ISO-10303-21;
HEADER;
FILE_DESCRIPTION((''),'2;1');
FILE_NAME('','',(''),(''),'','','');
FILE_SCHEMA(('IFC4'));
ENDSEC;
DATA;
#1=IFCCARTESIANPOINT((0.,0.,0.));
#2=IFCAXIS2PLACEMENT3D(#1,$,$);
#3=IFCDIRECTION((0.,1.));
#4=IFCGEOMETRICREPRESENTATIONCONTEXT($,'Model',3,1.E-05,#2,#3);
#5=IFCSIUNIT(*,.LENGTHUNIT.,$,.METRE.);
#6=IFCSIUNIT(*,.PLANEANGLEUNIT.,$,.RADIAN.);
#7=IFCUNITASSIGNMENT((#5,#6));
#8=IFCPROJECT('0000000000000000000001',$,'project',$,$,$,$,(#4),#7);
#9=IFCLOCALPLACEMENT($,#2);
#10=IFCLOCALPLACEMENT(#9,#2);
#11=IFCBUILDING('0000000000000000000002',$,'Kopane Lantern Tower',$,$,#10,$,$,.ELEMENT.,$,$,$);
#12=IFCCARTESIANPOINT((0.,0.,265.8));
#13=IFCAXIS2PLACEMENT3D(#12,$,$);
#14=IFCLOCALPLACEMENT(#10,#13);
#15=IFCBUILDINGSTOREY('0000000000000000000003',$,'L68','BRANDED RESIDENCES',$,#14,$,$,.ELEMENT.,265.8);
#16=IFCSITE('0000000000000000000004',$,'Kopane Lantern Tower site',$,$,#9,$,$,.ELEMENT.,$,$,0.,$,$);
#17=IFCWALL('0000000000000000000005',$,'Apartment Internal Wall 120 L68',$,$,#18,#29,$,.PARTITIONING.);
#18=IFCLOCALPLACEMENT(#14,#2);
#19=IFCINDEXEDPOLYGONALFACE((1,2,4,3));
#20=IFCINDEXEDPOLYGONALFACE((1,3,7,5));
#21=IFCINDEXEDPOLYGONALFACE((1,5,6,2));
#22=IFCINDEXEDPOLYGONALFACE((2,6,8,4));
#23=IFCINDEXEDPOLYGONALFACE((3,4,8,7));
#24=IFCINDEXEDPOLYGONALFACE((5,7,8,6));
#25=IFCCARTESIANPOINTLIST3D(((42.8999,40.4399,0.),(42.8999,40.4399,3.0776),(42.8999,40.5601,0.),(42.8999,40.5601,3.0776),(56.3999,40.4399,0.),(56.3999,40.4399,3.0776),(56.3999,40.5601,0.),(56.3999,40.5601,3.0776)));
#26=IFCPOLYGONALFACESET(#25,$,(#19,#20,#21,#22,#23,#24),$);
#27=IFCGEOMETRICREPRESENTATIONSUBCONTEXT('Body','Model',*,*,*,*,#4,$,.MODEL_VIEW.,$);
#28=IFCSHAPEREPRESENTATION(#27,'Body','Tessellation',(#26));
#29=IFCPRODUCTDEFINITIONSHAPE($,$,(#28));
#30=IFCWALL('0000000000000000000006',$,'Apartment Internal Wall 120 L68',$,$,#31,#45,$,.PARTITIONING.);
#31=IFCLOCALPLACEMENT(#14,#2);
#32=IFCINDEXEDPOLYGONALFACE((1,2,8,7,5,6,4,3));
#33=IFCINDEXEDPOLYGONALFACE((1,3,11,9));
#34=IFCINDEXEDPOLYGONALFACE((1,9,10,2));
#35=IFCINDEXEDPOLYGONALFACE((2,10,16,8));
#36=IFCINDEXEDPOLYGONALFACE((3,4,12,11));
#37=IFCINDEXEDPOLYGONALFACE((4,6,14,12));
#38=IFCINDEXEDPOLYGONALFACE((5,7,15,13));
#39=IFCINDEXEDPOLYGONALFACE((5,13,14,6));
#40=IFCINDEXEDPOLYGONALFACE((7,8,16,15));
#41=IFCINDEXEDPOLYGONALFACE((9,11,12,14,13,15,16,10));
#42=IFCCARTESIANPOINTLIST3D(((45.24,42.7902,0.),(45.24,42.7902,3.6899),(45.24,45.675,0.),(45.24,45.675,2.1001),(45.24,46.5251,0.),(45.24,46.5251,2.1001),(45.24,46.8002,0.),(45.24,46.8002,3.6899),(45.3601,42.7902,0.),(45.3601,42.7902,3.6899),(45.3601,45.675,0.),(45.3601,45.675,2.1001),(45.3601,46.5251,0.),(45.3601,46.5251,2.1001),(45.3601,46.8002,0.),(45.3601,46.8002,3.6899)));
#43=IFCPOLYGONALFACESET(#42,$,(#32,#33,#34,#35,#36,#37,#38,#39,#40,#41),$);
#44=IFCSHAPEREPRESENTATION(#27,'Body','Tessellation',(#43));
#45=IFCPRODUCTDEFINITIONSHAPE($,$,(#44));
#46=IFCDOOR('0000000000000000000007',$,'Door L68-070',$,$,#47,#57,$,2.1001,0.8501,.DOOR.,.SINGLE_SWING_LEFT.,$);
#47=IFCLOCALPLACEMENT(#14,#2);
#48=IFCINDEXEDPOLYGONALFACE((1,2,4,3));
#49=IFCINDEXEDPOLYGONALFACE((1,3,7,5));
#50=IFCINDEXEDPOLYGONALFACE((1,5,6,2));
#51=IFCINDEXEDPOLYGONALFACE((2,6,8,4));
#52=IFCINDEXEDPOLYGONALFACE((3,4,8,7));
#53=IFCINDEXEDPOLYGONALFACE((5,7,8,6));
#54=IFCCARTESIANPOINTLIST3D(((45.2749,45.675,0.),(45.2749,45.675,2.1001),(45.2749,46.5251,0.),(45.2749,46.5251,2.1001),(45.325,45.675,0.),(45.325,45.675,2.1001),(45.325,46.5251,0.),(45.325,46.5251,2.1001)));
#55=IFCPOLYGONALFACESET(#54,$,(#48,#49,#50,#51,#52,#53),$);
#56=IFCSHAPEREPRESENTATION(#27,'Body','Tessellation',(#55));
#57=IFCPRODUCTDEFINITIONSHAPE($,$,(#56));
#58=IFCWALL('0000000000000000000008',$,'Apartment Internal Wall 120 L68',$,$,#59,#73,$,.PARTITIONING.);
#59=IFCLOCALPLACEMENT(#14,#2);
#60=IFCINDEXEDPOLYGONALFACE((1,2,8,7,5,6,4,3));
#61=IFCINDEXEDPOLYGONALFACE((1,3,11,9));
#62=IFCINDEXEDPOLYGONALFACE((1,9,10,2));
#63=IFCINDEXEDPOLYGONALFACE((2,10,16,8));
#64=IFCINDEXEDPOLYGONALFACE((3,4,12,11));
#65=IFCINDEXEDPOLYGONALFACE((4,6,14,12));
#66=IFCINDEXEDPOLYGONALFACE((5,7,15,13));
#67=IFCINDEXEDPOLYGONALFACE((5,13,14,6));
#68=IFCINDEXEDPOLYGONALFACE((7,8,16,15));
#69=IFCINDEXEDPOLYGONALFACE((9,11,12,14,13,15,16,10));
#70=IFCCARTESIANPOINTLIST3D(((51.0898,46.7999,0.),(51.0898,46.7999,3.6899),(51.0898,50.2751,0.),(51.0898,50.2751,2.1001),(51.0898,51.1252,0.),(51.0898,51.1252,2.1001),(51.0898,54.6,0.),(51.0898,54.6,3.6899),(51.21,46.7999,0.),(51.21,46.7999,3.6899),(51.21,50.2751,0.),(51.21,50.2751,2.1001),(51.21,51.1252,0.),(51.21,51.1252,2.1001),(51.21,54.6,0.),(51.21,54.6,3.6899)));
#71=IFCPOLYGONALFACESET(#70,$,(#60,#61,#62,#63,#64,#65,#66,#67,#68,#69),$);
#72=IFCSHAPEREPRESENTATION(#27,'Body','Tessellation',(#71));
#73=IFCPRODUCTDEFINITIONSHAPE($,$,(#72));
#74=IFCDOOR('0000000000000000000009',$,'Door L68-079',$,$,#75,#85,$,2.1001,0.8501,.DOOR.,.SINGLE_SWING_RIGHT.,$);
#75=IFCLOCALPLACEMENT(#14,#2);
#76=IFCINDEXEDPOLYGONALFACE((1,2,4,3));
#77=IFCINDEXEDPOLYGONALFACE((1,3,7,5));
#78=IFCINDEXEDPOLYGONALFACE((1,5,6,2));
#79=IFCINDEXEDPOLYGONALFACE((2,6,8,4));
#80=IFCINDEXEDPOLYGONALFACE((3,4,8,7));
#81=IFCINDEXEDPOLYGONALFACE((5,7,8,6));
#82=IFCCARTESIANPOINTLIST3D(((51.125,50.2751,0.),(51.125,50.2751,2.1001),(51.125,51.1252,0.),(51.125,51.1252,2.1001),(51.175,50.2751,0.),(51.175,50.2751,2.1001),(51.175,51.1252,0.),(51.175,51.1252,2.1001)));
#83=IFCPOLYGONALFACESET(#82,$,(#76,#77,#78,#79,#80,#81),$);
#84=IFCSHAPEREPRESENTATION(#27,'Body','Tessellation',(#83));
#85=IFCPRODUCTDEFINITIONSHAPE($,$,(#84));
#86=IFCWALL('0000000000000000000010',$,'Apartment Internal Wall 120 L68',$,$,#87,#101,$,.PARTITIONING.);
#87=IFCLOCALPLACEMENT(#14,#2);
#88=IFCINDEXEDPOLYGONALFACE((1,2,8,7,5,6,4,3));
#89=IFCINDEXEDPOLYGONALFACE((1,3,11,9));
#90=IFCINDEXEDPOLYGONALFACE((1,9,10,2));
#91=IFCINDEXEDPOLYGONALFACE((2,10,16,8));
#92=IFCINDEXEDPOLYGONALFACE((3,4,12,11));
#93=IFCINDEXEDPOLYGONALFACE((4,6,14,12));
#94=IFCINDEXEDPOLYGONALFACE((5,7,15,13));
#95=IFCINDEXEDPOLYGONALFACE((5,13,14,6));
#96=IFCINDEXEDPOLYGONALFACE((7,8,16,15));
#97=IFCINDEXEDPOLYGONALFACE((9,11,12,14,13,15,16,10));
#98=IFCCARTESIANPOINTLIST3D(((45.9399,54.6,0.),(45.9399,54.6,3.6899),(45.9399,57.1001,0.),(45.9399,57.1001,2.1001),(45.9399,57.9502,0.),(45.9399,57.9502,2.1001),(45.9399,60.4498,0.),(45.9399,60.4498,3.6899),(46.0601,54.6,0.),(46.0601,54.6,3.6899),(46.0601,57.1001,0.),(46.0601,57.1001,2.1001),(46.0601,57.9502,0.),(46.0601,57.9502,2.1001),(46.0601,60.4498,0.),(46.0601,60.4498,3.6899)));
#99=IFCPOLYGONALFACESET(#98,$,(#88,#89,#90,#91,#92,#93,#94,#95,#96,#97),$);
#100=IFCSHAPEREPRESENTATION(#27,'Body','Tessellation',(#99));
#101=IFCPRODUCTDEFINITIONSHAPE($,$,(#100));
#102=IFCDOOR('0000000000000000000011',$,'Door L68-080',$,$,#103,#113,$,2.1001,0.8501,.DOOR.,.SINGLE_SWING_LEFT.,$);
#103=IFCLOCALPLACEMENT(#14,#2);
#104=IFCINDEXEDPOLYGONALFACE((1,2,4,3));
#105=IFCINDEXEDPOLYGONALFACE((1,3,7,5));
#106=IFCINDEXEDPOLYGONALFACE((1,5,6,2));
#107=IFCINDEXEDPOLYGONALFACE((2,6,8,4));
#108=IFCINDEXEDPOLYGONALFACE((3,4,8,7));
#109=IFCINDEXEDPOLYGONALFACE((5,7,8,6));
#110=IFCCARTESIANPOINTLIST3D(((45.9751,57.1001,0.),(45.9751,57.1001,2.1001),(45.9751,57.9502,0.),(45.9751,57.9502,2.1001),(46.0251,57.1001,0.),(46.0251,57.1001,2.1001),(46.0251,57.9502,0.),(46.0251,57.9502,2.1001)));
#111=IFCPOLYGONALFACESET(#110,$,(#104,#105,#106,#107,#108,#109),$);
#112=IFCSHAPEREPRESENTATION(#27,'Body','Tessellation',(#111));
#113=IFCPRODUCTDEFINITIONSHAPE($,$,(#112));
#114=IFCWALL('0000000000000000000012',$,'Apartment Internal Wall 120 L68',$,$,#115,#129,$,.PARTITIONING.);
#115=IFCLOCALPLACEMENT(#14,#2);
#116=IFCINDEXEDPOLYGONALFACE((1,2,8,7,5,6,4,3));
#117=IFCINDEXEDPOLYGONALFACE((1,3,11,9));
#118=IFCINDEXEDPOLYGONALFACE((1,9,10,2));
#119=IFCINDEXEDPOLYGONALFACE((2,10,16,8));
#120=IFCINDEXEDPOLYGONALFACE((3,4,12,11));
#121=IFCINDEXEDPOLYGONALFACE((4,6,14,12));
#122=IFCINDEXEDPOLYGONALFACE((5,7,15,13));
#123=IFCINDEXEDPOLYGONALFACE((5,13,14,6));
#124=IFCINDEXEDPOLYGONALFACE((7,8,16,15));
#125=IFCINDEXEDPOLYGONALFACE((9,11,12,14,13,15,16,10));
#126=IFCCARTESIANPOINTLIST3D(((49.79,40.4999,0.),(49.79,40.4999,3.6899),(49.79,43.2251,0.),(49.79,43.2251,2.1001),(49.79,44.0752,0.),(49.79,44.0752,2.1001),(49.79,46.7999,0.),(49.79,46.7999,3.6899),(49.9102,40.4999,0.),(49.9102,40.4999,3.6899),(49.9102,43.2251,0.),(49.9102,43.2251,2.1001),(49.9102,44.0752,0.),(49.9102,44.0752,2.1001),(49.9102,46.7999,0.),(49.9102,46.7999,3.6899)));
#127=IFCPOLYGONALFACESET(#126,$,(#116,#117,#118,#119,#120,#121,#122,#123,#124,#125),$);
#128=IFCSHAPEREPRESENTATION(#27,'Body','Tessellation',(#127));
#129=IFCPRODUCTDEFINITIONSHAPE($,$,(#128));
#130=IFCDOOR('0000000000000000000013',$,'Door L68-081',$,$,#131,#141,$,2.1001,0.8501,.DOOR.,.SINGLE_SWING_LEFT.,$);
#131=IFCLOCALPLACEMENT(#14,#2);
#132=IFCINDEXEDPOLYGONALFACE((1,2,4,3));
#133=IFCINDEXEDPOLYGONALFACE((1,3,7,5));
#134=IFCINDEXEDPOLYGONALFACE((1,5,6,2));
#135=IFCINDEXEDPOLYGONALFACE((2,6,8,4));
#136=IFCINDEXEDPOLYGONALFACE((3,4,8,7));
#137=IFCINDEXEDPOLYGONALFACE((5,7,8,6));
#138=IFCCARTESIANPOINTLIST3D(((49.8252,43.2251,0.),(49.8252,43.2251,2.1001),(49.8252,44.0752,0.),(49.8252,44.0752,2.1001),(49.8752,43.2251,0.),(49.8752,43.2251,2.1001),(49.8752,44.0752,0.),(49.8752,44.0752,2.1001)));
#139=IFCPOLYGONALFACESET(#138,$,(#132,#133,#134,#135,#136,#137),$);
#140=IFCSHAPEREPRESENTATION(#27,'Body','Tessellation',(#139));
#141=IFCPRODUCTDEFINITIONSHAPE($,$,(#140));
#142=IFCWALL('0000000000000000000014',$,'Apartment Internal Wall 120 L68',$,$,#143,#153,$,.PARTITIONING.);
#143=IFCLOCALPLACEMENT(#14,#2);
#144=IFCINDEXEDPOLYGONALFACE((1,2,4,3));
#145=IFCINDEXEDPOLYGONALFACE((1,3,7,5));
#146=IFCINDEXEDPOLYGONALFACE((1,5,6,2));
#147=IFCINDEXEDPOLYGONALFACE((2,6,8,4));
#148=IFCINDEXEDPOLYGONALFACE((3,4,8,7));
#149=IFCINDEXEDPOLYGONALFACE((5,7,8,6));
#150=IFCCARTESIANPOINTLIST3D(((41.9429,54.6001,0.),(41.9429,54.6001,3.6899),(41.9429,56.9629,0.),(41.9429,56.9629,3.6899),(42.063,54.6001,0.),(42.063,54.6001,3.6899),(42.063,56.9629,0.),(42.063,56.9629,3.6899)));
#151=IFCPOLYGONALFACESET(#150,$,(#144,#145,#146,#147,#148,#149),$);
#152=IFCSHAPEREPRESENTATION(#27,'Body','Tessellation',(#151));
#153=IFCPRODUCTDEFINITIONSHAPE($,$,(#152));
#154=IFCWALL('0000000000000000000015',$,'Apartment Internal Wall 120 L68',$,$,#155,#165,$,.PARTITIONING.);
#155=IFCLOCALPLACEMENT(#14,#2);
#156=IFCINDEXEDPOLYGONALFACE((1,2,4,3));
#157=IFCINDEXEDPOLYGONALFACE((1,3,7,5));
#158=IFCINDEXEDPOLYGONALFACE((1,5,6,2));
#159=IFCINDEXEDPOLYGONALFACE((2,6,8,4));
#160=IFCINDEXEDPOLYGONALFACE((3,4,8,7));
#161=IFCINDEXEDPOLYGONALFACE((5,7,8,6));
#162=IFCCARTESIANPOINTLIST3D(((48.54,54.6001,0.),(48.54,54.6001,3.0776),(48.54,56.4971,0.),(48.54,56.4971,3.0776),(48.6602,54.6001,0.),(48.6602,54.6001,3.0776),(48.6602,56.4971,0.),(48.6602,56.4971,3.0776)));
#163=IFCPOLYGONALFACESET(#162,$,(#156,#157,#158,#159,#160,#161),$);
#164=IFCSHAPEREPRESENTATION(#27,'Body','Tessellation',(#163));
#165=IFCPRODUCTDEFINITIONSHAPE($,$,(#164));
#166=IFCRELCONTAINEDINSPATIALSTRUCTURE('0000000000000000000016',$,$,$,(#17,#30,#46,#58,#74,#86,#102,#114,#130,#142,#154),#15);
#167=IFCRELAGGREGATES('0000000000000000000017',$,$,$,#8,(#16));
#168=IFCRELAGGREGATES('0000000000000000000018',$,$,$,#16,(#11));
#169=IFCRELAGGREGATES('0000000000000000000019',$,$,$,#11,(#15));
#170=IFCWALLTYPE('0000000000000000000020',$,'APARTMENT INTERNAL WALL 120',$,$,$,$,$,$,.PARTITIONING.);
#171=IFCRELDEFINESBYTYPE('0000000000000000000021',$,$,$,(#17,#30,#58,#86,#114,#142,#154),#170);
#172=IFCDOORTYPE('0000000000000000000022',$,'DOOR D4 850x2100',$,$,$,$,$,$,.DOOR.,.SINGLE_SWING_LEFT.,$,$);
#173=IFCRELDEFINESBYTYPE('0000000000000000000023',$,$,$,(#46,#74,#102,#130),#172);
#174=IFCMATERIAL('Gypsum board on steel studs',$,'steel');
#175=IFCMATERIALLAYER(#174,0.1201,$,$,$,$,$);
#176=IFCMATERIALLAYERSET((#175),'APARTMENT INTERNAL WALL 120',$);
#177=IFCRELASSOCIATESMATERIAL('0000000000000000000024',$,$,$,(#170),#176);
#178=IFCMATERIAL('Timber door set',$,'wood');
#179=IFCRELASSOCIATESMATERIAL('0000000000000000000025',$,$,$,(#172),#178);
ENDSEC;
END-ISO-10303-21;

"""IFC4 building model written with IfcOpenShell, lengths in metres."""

from ifc_helpers import new_model, si_unit, direction, frame, frame_2d, origin, place, context, subcontext, project, spatial, rectangle, extrude, material, layer, layer_set, type_object, element, fill, save


model = new_model("IFC4")

# Units and contexts
model_context = context("Model", 3, precision=1e-05, world=origin(), true_north=direction((0.0, 1.0)))
body_context = subcontext(model_context, "Body", "Model", "MODEL_VIEW")
ifc_project = project(units=[si_unit("LENGTHUNIT", "METRE"), si_unit("PLANEANGLEUNIT", "RADIAN")], contexts=[model_context])

# Site, building, storey
site_placement = place(None, origin())
site = spatial("IfcSite", under=ifc_project, at=site_placement, Name="Kopane Lantern Tower site", CompositionType="ELEMENT", RefElevation=0.0)
building_placement = place(site_placement, origin())
building = spatial("IfcBuilding", under=site, at=building_placement, Name="Kopane Lantern Tower", CompositionType="ELEMENT")
storey_placement = place(building_placement, frame((0.0, 0.0, 265.8)))
storey = spatial("IfcBuildingStorey", under=building, at=storey_placement, Name="L68", Description="BRANDED RESIDENCES", CompositionType="ELEMENT", Elevation=265.8)

# Shared definitions
ifc_material_1 = material(Name="Gypsum board on steel studs", Category="steel")
ifc_layer_1 = layer(ifc_material_1, 0.1201)
ifc_layer_set_1 = layer_set([ifc_layer_1], Name="APARTMENT INTERNAL WALL 120")
wall_type_1 = type_object("IfcWallType", Name="APARTMENT INTERNAL WALL 120", PredefinedType="PARTITIONING", material=ifc_layer_set_1)
ifc_material_2 = material(Name="Timber door set", Category="wood")
door_type_1 = type_object("IfcDoorType", Name="DOOR D4 850x2100", OperationType="SINGLE_SWING_LEFT", PredefinedType="DOOR", material=ifc_material_2)

# Wall
wall_1_placement = place(storey_placement, frame((42.8999, 40.5, 0.0), z_axis=(0.0, 0.0, 1.0), x_axis=(1.0, 0.0, 0.0)))
element("IfcWall", 1, at=wall_1_placement, inside=storey, type_object=wall_type_1, Name="Apartment Internal Wall 120 L68", PredefinedType="PARTITIONING", context=body_context, shape_type="SweptSolid", body=[
    extrude(rectangle(XDim=13.5, YDim=0.1201, at=frame_2d((6.75, 0.0))), origin(), (0.0, 0.0, 1.0), 3.0776),
])

# Walls, openings, doors
wall_2_placement = place(storey_placement, frame((45.3, 46.8, 0.0), z_axis=(0.0, 0.0, 1.0), x_axis=(0.0, -1.0, 0.0)))
wall_2 = element("IfcWall", 2, at=wall_2_placement, inside=storey, type_object=wall_type_1, Name="Apartment Internal Wall 120 L68", PredefinedType="PARTITIONING", context=body_context, shape_type="SweptSolid", body=[
    extrude(rectangle(XDim=4.01, YDim=0.1201, at=frame_2d((2.0049, 0.0))), origin(), (0.0, 0.0, 1.0), 3.6899),
])
opening_1_placement = place(wall_2_placement, frame((0.2749, 0.0, 0.0)))
opening_1 = element("IfcOpeningElement", 3, at=opening_1_placement, cuts=wall_2, PredefinedType="OPENING", context=body_context, shape_type="SweptSolid", body=[
    extrude(rectangle(XDim=0.8501, YDim=2.1001, at=frame_2d((0.425, 1.05))), frame((0.0, 0.0701, 0.0), z_axis=(0.0, -1.0, 0.0), x_axis=(1.0, 0.0, 0.0)), (0.0, 0.0, 1.0), 0.1401),
])
door_1_placement = place(opening_1_placement, origin())
door_1 = element("IfcDoor", 4, at=door_1_placement, inside=storey, type_object=door_type_1, Name="Door L68-070", OperationType="SINGLE_SWING_LEFT", OverallHeight=2.1001, OverallWidth=0.8501, PredefinedType="DOOR", context=body_context, shape_type="SweptSolid", body=[
    extrude(rectangle(XDim=0.8501, YDim=2.1001, at=frame_2d((0.425, 1.05))), frame((0.0, 0.0249, 0.0), z_axis=(0.0, -1.0, 0.0), x_axis=(1.0, 0.0, 0.0)), (0.0, 0.0, 1.0), 0.05),
])
fill(opening_1, door_1)
wall_3_placement = place(storey_placement, frame((51.1499, 46.8, 0.0), z_axis=(0.0, 0.0, 1.0), x_axis=(0.0, 1.0, 0.0)))
wall_3 = element("IfcWall", 5, at=wall_3_placement, inside=storey, type_object=wall_type_1, Name="Apartment Internal Wall 120 L68", PredefinedType="PARTITIONING", context=body_context, shape_type="SweptSolid", body=[
    extrude(rectangle(XDim=7.8, YDim=0.1201, at=frame_2d((3.8999, 0.0))), origin(), (0.0, 0.0, 1.0), 3.6899),
])
opening_2_placement = place(wall_3_placement, frame((3.4751, 0.0, 0.0)))
opening_2 = element("IfcOpeningElement", 6, at=opening_2_placement, cuts=wall_3, PredefinedType="OPENING", context=body_context, shape_type="SweptSolid", body=[
    extrude(rectangle(XDim=0.8501, YDim=2.1001, at=frame_2d((0.425, 1.05))), frame((0.0, 0.0701, 0.0), z_axis=(0.0, -1.0, 0.0), x_axis=(1.0, 0.0, 0.0)), (0.0, 0.0, 1.0), 0.1401),
])
door_2_placement = place(opening_2_placement, origin())
door_2 = element("IfcDoor", 7, at=door_2_placement, inside=storey, type_object=door_type_1, Name="Door L68-079", OperationType="SINGLE_SWING_RIGHT", OverallHeight=2.1001, OverallWidth=0.8501, PredefinedType="DOOR", context=body_context, shape_type="SweptSolid", body=[
    extrude(rectangle(XDim=0.8501, YDim=2.1001, at=frame_2d((0.425, 1.05))), frame((0.0, 0.0249, 0.0), z_axis=(0.0, -1.0, 0.0), x_axis=(1.0, 0.0, 0.0)), (0.0, 0.0, 1.0), 0.05),
])
fill(opening_2, door_2)
wall_4_placement = place(storey_placement, frame((46.0, 54.6001, 0.0), z_axis=(0.0, 0.0, 1.0), x_axis=(0.0, 1.0, 0.0)))
wall_4 = element("IfcWall", 8, at=wall_4_placement, inside=storey, type_object=wall_type_1, Name="Apartment Internal Wall 120 L68", PredefinedType="PARTITIONING", context=body_context, shape_type="SweptSolid", body=[
    extrude(rectangle(XDim=5.8499, YDim=0.1201, at=frame_2d((2.9248, 0.0))), origin(), (0.0, 0.0, 1.0), 3.6899),
])
opening_3_placement = place(wall_4_placement, frame((2.5, 0.0, 0.0)))
opening_3 = element("IfcOpeningElement", 9, at=opening_3_placement, cuts=wall_4, PredefinedType="OPENING", context=body_context, shape_type="SweptSolid", body=[
    extrude(rectangle(XDim=0.8501, YDim=2.1001, at=frame_2d((0.425, 1.05))), frame((0.0, 0.0701, 0.0), z_axis=(0.0, -1.0, 0.0), x_axis=(1.0, 0.0, 0.0)), (0.0, 0.0, 1.0), 0.1401),
])
door_3_placement = place(opening_3_placement, origin())
door_3 = element("IfcDoor", 10, at=door_3_placement, inside=storey, type_object=door_type_1, Name="Door L68-080", OperationType="SINGLE_SWING_LEFT", OverallHeight=2.1001, OverallWidth=0.8501, PredefinedType="DOOR", context=body_context, shape_type="SweptSolid", body=[
    extrude(rectangle(XDim=0.8501, YDim=2.1001, at=frame_2d((0.425, 1.05))), frame((0.0, 0.0249, 0.0), z_axis=(0.0, -1.0, 0.0), x_axis=(1.0, 0.0, 0.0)), (0.0, 0.0, 1.0), 0.05),
])
fill(opening_3, door_3)
wall_5_placement = place(storey_placement, frame((49.8501, 40.5, 0.0), z_axis=(0.0, 0.0, 1.0), x_axis=(0.0, 1.0, 0.0)))
wall_5 = element("IfcWall", 11, at=wall_5_placement, inside=storey, type_object=wall_type_1, Name="Apartment Internal Wall 120 L68", PredefinedType="PARTITIONING", context=body_context, shape_type="SweptSolid", body=[
    extrude(rectangle(XDim=6.3, YDim=0.1201, at=frame_2d((3.1499, 0.0))), origin(), (0.0, 0.0, 1.0), 3.6899),
])
opening_4_placement = place(wall_5_placement, frame((2.7251, 0.0, 0.0)))
opening_4 = element("IfcOpeningElement", 12, at=opening_4_placement, cuts=wall_5, PredefinedType="OPENING", context=body_context, shape_type="SweptSolid", body=[
    extrude(rectangle(XDim=0.8501, YDim=2.1001, at=frame_2d((0.425, 1.05))), frame((0.0, 0.0701, 0.0), z_axis=(0.0, -1.0, 0.0), x_axis=(1.0, 0.0, 0.0)), (0.0, 0.0, 1.0), 0.1401),
])
door_4_placement = place(opening_4_placement, origin())
door_4 = element("IfcDoor", 13, at=door_4_placement, inside=storey, type_object=door_type_1, Name="Door L68-081", OperationType="SINGLE_SWING_LEFT", OverallHeight=2.1001, OverallWidth=0.8501, PredefinedType="DOOR", context=body_context, shape_type="SweptSolid", body=[
    extrude(rectangle(XDim=0.8501, YDim=2.1001, at=frame_2d((0.425, 1.05))), frame((0.0, 0.0249, 0.0), z_axis=(0.0, -1.0, 0.0), x_axis=(1.0, 0.0, 0.0)), (0.0, 0.0, 1.0), 0.05),
])
fill(opening_4, door_4)

# Walls
wall_6_placement = place(storey_placement, frame((42.0029, 54.6001, 0.0), z_axis=(0.0, 0.0, 1.0), x_axis=(0.0, 1.0, 0.0)))
element("IfcWall", 14, at=wall_6_placement, inside=storey, type_object=wall_type_1, Name="Apartment Internal Wall 120 L68", PredefinedType="PARTITIONING", context=body_context, shape_type="SweptSolid", body=[
    extrude(rectangle(XDim=2.3628, YDim=0.1201, at=frame_2d((1.1814, 0.0))), origin(), (0.0, 0.0, 1.0), 3.6899),
])
wall_7_placement = place(storey_placement, frame((48.6001, 54.6001, 0.0), z_axis=(0.0, 0.0, 1.0), x_axis=(0.0, 1.0, 0.0)))
element("IfcWall", 15, at=wall_7_placement, inside=storey, type_object=wall_type_1, Name="Apartment Internal Wall 120 L68", PredefinedType="PARTITIONING", context=body_context, shape_type="SweptSolid", body=[
    extrude(rectangle(XDim=1.897, YDim=0.1201, at=frame_2d((0.9485, 0.0))), origin(), (0.0, 0.0, 1.0), 3.0776),
])

save(model, "model.ifc")
